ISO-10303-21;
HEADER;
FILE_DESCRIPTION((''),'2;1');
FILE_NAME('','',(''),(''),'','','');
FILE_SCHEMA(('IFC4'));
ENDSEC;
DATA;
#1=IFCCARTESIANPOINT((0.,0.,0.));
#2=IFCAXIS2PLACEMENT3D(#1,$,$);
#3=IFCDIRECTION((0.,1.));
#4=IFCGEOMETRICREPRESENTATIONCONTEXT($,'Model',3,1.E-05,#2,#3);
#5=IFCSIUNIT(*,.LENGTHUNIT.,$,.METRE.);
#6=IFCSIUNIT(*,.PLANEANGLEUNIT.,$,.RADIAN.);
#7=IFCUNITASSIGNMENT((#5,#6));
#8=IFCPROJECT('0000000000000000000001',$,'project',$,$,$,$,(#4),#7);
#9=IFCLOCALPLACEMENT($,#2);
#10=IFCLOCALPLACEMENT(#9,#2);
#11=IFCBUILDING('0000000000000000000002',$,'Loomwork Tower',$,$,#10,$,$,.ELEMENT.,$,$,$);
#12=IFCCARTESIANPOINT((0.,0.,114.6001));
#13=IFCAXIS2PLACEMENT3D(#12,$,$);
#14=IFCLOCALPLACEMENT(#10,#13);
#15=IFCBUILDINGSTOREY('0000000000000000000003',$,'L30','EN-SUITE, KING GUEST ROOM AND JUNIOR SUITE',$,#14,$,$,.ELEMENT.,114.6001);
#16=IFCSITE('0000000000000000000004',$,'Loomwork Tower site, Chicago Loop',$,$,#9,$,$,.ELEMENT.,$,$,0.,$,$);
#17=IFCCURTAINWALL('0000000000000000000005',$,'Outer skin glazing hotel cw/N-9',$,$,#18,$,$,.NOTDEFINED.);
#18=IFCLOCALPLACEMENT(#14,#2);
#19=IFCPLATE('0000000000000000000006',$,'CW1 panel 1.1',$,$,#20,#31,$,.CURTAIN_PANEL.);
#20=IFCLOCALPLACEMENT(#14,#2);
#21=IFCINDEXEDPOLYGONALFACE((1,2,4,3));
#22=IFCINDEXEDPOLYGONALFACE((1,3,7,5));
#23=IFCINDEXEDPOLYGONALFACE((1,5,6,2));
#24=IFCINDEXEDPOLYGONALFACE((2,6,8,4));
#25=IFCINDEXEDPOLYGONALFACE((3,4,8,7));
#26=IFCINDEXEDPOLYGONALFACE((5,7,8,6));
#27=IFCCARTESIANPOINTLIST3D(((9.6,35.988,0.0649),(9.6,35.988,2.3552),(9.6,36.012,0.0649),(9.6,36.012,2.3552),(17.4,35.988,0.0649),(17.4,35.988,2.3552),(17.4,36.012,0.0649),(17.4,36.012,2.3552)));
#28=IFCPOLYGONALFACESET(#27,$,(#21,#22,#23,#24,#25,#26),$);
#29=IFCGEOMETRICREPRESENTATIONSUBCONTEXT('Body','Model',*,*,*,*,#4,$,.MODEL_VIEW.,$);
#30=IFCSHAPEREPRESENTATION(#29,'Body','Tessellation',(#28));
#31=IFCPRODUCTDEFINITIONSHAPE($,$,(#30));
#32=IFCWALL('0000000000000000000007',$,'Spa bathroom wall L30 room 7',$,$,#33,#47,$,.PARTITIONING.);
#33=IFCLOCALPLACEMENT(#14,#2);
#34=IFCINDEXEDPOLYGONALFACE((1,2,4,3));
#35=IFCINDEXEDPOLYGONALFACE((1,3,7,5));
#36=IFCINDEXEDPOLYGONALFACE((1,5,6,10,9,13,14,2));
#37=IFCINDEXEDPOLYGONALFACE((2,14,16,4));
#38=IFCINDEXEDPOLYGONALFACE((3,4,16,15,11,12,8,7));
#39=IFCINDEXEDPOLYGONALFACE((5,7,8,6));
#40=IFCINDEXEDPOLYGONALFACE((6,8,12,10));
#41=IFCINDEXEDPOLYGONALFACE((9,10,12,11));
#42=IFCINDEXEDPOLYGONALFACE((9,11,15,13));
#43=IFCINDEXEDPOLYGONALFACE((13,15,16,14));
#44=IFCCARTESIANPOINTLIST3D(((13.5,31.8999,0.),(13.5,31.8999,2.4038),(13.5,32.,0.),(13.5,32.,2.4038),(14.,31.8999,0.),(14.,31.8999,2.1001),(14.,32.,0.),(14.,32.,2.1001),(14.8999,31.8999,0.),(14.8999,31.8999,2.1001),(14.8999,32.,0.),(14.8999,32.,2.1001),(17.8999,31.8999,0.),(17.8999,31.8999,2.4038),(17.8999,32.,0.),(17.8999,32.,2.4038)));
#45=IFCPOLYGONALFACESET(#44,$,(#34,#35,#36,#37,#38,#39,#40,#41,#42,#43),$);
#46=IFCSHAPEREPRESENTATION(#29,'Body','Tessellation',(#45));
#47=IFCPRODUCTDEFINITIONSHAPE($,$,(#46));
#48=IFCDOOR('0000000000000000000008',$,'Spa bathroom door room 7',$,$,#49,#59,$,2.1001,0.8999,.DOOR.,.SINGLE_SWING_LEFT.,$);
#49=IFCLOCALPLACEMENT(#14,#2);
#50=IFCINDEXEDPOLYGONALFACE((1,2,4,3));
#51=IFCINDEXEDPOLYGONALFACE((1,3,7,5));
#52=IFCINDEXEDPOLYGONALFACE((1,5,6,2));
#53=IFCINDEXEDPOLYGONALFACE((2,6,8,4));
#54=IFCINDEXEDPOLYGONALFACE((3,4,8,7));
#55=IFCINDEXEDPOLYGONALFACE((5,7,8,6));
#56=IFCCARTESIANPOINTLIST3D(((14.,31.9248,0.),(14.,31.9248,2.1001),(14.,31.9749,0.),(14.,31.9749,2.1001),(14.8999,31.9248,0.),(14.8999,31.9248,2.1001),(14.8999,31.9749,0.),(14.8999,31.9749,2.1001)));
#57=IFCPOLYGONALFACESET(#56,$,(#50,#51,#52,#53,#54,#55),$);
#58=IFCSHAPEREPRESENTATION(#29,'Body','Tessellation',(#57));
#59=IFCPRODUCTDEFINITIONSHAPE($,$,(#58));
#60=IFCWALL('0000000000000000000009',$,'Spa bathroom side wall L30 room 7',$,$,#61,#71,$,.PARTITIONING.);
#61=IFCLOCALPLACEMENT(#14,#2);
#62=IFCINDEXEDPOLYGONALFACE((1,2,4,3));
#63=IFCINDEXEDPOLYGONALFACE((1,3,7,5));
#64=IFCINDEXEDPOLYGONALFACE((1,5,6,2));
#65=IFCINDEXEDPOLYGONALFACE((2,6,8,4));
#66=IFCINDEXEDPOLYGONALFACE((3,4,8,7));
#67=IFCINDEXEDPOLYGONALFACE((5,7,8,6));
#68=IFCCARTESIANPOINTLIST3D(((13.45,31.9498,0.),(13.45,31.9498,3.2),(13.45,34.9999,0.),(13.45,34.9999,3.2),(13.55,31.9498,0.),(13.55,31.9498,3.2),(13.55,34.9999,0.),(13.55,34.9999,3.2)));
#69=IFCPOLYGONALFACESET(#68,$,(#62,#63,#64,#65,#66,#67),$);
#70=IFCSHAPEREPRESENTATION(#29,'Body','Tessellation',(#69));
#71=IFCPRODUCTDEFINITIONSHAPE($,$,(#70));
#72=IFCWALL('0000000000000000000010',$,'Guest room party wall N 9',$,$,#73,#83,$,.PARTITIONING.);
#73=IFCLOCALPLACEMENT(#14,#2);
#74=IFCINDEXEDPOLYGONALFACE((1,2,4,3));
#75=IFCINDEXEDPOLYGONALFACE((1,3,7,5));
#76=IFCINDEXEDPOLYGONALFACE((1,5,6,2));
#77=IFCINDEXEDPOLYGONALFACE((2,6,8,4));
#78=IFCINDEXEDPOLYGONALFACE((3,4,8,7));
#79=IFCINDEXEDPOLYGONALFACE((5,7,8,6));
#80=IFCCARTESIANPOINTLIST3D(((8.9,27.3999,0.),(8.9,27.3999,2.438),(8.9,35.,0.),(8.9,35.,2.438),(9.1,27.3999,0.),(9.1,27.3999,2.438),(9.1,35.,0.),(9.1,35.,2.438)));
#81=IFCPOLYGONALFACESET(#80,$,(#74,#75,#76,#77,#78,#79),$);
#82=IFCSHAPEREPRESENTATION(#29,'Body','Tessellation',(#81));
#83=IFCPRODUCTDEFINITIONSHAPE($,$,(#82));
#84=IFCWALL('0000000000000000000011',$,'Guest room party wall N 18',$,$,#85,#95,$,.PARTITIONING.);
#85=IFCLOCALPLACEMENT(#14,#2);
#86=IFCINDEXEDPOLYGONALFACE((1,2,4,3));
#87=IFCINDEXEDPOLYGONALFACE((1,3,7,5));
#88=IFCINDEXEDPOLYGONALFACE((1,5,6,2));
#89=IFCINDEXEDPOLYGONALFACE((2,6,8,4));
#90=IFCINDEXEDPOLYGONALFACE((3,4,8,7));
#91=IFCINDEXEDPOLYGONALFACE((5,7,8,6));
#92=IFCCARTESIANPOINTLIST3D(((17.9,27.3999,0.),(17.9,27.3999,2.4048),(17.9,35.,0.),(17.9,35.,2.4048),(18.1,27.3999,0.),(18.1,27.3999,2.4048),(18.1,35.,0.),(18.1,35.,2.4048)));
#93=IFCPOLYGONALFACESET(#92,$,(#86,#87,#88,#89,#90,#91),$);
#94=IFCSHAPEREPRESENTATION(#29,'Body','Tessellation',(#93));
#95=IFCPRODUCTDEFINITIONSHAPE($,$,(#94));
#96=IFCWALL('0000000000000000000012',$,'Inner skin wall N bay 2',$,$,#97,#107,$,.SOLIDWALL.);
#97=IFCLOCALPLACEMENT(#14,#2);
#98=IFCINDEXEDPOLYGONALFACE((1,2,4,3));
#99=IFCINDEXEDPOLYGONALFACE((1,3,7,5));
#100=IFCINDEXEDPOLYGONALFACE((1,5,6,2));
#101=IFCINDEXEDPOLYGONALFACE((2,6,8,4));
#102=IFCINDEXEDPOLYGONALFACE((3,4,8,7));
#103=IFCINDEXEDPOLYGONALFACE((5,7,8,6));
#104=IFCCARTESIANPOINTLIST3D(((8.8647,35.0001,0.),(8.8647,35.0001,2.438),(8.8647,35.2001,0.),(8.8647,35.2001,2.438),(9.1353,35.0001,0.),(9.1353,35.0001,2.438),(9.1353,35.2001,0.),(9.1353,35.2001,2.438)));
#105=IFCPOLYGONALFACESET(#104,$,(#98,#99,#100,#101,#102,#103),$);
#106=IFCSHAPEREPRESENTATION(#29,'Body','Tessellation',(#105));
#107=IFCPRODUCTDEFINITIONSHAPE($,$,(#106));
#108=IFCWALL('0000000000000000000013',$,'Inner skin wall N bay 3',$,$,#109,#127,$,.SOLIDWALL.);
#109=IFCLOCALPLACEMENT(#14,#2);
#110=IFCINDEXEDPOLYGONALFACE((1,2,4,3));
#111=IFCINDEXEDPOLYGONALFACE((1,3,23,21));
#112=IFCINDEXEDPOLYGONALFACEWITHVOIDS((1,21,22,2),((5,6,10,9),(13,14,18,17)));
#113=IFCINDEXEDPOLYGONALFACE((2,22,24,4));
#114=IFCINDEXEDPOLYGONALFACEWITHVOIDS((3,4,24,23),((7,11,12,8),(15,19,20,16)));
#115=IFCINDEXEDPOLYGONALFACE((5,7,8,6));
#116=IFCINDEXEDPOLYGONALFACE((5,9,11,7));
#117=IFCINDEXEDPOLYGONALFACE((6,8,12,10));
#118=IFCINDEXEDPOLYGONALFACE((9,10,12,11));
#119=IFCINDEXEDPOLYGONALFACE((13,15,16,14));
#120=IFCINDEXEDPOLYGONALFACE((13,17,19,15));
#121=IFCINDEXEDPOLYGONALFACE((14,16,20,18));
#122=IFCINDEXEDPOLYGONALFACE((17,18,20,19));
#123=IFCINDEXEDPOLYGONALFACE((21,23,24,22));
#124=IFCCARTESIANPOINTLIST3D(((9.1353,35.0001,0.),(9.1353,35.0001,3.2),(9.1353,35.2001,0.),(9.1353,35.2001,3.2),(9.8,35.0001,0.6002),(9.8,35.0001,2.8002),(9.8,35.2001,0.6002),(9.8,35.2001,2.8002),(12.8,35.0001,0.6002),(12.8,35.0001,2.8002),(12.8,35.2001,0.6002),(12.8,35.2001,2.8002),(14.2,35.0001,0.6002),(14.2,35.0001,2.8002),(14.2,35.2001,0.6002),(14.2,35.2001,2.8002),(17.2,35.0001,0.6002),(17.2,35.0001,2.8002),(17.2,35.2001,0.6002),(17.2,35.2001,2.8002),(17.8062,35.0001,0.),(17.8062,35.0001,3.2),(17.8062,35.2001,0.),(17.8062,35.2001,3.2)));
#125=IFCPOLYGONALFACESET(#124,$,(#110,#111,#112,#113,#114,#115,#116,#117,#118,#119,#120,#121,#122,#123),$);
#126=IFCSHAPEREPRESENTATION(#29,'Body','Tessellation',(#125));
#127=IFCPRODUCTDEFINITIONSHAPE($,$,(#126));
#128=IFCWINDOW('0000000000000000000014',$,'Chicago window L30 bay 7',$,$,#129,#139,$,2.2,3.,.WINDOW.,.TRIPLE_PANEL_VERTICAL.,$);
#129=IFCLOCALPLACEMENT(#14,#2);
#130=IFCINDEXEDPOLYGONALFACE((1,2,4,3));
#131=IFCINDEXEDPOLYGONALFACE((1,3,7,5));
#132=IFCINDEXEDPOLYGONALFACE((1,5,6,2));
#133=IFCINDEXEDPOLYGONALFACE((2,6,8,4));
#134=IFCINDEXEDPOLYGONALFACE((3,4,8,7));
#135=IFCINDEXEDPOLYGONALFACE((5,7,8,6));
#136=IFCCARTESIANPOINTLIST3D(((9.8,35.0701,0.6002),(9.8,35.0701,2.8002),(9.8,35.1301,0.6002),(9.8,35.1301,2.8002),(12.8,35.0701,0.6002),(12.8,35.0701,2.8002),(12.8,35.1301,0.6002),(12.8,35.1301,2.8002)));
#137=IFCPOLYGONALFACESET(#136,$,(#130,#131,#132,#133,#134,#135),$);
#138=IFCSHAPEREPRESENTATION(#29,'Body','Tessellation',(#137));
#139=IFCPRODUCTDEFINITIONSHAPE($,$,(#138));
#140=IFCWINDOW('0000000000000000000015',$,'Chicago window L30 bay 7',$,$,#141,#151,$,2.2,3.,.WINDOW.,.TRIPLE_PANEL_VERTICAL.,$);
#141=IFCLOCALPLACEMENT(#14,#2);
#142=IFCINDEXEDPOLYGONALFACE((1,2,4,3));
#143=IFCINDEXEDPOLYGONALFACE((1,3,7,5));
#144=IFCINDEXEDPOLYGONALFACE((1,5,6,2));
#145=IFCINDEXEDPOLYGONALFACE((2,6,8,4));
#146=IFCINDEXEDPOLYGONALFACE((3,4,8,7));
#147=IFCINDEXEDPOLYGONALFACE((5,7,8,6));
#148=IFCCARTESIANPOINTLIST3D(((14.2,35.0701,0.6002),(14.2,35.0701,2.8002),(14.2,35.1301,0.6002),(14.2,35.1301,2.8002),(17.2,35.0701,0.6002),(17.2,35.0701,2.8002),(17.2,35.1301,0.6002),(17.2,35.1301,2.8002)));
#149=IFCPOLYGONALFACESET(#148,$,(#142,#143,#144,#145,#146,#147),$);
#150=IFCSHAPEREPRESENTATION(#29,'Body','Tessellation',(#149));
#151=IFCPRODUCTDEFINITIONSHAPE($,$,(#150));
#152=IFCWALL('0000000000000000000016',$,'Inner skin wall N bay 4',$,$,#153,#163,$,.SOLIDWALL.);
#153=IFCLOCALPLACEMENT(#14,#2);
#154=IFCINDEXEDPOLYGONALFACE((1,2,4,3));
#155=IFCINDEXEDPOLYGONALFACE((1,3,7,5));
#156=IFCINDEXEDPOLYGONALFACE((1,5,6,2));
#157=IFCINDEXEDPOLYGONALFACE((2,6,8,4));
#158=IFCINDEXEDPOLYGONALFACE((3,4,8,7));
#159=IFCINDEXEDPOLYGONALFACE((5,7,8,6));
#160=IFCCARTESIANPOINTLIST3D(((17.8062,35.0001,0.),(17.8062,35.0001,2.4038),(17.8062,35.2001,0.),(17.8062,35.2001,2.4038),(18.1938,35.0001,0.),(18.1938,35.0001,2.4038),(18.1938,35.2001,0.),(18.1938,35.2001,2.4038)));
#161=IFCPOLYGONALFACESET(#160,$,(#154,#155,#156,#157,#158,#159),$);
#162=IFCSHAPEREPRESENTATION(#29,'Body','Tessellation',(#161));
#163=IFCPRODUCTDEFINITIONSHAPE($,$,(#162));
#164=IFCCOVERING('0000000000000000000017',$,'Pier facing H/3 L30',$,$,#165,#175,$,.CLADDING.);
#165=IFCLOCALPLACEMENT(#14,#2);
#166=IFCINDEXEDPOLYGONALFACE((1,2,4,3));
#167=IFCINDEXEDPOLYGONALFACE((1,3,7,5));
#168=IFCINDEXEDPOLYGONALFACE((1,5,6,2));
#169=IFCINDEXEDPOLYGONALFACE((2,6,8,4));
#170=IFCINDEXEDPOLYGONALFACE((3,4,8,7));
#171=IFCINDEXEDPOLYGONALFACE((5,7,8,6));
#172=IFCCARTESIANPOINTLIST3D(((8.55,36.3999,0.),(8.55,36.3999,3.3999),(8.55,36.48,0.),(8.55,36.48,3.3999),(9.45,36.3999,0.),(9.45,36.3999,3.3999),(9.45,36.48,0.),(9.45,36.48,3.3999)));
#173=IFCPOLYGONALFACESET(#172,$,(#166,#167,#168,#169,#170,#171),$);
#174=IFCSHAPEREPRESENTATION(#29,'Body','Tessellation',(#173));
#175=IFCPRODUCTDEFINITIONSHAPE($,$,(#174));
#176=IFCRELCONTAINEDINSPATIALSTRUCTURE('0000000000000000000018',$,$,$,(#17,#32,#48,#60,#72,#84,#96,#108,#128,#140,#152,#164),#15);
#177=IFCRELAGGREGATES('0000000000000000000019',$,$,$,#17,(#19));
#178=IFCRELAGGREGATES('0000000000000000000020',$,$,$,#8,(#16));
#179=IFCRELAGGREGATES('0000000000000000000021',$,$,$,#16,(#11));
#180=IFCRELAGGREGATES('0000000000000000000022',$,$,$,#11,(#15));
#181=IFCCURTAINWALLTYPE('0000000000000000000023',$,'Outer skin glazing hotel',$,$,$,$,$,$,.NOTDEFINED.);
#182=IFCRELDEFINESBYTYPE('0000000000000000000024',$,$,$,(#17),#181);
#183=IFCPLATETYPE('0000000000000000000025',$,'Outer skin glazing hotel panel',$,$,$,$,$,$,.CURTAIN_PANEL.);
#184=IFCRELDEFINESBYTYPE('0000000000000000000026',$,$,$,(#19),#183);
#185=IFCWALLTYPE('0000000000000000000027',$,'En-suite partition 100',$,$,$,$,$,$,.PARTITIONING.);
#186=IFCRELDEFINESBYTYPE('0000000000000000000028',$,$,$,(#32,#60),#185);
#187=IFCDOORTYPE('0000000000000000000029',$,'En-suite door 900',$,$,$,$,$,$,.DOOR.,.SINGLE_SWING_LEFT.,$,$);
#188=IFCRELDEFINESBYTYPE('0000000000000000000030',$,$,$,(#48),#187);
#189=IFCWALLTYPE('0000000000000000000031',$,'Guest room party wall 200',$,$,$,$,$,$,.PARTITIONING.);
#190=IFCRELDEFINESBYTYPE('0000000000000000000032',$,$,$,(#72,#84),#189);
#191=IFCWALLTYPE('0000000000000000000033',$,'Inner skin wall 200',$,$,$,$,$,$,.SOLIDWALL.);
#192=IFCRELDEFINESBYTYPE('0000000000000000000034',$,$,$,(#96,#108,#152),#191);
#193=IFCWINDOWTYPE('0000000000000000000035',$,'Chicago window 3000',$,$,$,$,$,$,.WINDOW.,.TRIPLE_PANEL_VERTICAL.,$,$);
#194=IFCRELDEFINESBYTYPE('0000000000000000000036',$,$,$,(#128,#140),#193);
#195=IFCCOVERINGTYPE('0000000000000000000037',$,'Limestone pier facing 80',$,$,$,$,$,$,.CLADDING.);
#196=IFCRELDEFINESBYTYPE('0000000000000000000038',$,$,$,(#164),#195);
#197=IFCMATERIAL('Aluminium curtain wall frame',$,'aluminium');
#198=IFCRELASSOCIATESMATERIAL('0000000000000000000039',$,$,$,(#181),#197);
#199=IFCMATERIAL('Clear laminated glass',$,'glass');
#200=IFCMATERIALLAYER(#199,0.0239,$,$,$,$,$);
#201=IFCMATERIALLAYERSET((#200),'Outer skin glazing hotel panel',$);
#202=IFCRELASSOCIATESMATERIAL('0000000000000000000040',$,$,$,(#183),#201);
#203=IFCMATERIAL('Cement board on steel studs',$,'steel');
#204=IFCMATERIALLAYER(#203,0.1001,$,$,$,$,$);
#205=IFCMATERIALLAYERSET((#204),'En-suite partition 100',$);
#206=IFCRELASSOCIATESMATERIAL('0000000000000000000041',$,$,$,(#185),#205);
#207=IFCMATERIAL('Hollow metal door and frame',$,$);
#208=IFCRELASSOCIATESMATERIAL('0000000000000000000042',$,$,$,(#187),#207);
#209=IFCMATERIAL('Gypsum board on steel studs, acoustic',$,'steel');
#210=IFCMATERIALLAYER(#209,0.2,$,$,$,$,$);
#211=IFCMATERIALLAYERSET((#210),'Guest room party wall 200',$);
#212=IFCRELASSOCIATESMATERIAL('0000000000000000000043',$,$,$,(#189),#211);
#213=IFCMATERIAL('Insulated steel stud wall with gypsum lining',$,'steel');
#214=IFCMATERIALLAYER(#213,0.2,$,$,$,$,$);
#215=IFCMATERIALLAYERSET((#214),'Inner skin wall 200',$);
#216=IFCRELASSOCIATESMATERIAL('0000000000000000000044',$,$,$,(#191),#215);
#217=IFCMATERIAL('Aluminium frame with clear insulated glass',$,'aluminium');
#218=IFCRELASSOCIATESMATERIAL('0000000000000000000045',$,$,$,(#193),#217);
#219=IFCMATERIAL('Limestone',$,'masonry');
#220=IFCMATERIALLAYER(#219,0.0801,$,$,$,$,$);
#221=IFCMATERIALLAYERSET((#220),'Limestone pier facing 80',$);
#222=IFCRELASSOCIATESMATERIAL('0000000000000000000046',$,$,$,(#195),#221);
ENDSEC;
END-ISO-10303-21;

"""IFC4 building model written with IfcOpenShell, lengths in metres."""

from ifc_helpers import new_model, si_unit, direction, frame, frame_2d, origin, origin_2d, place, context, subcontext, project, spatial, rectangle, extrude, material, layer, layer_set, type_object, element, fill, aggregate, save


model = new_model("IFC4")

# Units and contexts
model_context = context("Model", 3, precision=1e-05, world=origin(), true_north=direction((0.0, 1.0)))
body_context = subcontext(model_context, "Body", "Model", "MODEL_VIEW")
ifc_project = project(units=[si_unit("LENGTHUNIT", "METRE"), si_unit("PLANEANGLEUNIT", "RADIAN")], contexts=[model_context])

# Site, building, storey
site_placement = place(None, origin())
site = spatial("IfcSite", under=ifc_project, at=site_placement, Name="Loomwork Tower site, Chicago Loop", CompositionType="ELEMENT", RefElevation=0.0)
building_placement = place(site_placement, origin())
building = spatial("IfcBuilding", under=site, at=building_placement, Name="Loomwork Tower", CompositionType="ELEMENT")
storey_placement = place(building_placement, frame((0.0, 0.0, 114.6001)))
storey = spatial("IfcBuildingStorey", under=building, at=storey_placement, Name="L30", Description="EN-SUITE, KING GUEST ROOM AND JUNIOR SUITE", CompositionType="ELEMENT", Elevation=114.6001)

# Curtain wall
ifc_material_1 = material(Name="Aluminium curtain wall frame", Category="aluminium")
curtain_wall_type = type_object("IfcCurtainWallType", Name="Outer skin glazing hotel", PredefinedType="NOTDEFINED", material=ifc_material_1)
curtain_wall_placement = place(storey_placement, origin())
curtain_wall = element("IfcCurtainWall", 1, at=curtain_wall_placement, inside=storey, type_object=curtain_wall_type, Name="Outer skin glazing hotel cw/N-9", PredefinedType="NOTDEFINED")

# Plate
ifc_material_2 = material(Name="Clear laminated glass", Category="glass")
ifc_layer_1 = layer(ifc_material_2, 0.0239)
ifc_layer_set_1 = layer_set([ifc_layer_1], Name="Outer skin glazing hotel panel")
plate_type = type_object("IfcPlateType", Name="Outer skin glazing hotel panel", PredefinedType="CURTAIN_PANEL", material=ifc_layer_set_1)
plate_placement = place(storey_placement, frame((13.5, 36.0, 0.0649), z_axis=(0.0, 0.0, 1.0), x_axis=(-1.0, 0.0, 0.0)))
plate = element("IfcPlate", 2, at=plate_placement, type_object=plate_type, Name="CW1 panel 1.1", PredefinedType="CURTAIN_PANEL", context=body_context, shape_type="SweptSolid", body=[
    extrude(rectangle(XDim=7.8, YDim=0.0239, at=origin_2d()), origin(), (0.0, 0.0, 1.0), 2.2903),
])
aggregate(curtain_wall, [plate])

# Wall, opening, door
ifc_material_3 = material(Name="Cement board on steel studs", Category="steel")
ifc_layer_2 = layer(ifc_material_3, 0.1001)
ifc_layer_set_2 = layer_set([ifc_layer_2], Name="En-suite partition 100")
wall_type_1 = type_object("IfcWallType", Name="En-suite partition 100", PredefinedType="PARTITIONING", material=ifc_layer_set_2)
wall_1_placement = place(storey_placement, frame((13.5, 31.95, 0.0), z_axis=(0.0, 0.0, 1.0), x_axis=(1.0, 0.0, 0.0)))
wall_1 = element("IfcWall", 3, at=wall_1_placement, inside=storey, type_object=wall_type_1, Name="Spa bathroom wall L30 room 7", PredefinedType="PARTITIONING", context=body_context, shape_type="SweptSolid", body=[
    extrude(rectangle(XDim=4.3999, YDim=0.1001, at=frame_2d((2.2, 0.0))), origin(), (0.0, 0.0, 1.0), 2.4038),
])
opening_1_placement = place(wall_1_placement, frame((0.5, 0.0, 0.0)))
opening_1 = element("IfcOpeningElement", 4, at=opening_1_placement, cuts=wall_1, PredefinedType="OPENING", context=body_context, shape_type="SweptSolid", body=[
    extrude(rectangle(XDim=0.8999, YDim=2.1001, at=frame_2d((0.45, 1.05))), frame((0.0, 0.0601, 0.0), z_axis=(0.0, -1.0, 0.0), x_axis=(1.0, 0.0, 0.0)), (0.0, 0.0, 1.0), 0.1201),
])
ifc_material_4 = material(Name="Hollow metal door and frame")
door_type = type_object("IfcDoorType", Name="En-suite door 900", OperationType="SINGLE_SWING_LEFT", PredefinedType="DOOR", material=ifc_material_4)
door_placement = place(opening_1_placement, origin())
door = element("IfcDoor", 5, at=door_placement, inside=storey, type_object=door_type, Name="Spa bathroom door room 7", OperationType="SINGLE_SWING_LEFT", OverallHeight=2.1001, OverallWidth=0.8999, PredefinedType="DOOR", context=body_context, shape_type="SweptSolid", body=[
    extrude(rectangle(XDim=0.8999, YDim=2.1001, at=frame_2d((0.45, 1.05))), frame((0.0, 0.0249, 0.0), z_axis=(0.0, -1.0, 0.0), x_axis=(1.0, 0.0, 0.0)), (0.0, 0.0, 1.0), 0.05),
])
fill(opening_1, door)

# Walls
wall_2_placement = place(storey_placement, frame((13.5, 31.95, 0.0), z_axis=(0.0, 0.0, 1.0), x_axis=(0.0, 1.0, 0.0)))
element("IfcWall", 6, at=wall_2_placement, inside=storey, type_object=wall_type_1, Name="Spa bathroom side wall L30 room 7", PredefinedType="PARTITIONING", context=body_context, shape_type="SweptSolid", body=[
    extrude(rectangle(XDim=3.05, YDim=0.1001, at=frame_2d((1.5249, 0.0))), origin(), (0.0, 0.0, 1.0), 3.2),
])
ifc_material_5 = material(Name="Gypsum board on steel studs, acoustic", Category="steel")
ifc_layer_3 = layer(ifc_material_5, 0.2)
ifc_layer_set_3 = layer_set([ifc_layer_3], Name="Guest room party wall 200")
wall_type_2 = type_object("IfcWallType", Name="Guest room party wall 200", PredefinedType="PARTITIONING", material=ifc_layer_set_3)
wall_3_placement = place(storey_placement, frame((9.0, 27.3999, 0.0), z_axis=(0.0, 0.0, 1.0), x_axis=(0.0, 1.0, 0.0)))
element("IfcWall", 7, at=wall_3_placement, inside=storey, type_object=wall_type_2, Name="Guest room party wall N 9", PredefinedType="PARTITIONING", context=body_context, shape_type="SweptSolid", body=[
    extrude(rectangle(XDim=7.6001, YDim=0.2, at=frame_2d((3.8, 0.0))), origin(), (0.0, 0.0, 1.0), 2.438),
])
wall_4_placement = place(storey_placement, frame((18.0, 27.3999, 0.0), z_axis=(0.0, 0.0, 1.0), x_axis=(0.0, 1.0, 0.0)))
element("IfcWall", 8, at=wall_4_placement, inside=storey, type_object=wall_type_2, Name="Guest room party wall N 18", PredefinedType="PARTITIONING", context=body_context, shape_type="SweptSolid", body=[
    extrude(rectangle(XDim=7.6001, YDim=0.2, at=frame_2d((3.8, 0.0))), origin(), (0.0, 0.0, 1.0), 2.4048),
])
ifc_material_6 = material(Name="Insulated steel stud wall with gypsum lining", Category="steel")
ifc_layer_4 = layer(ifc_material_6, 0.2)
ifc_layer_set_4 = layer_set([ifc_layer_4], Name="Inner skin wall 200")
wall_type_3 = type_object("IfcWallType", Name="Inner skin wall 200", PredefinedType="SOLIDWALL", material=ifc_layer_set_4)
wall_5_placement = place(storey_placement, frame((8.8647, 35.1001, 0.0), z_axis=(0.0, 0.0, 1.0), x_axis=(1.0, 0.0, 0.0)))
element("IfcWall", 9, at=wall_5_placement, inside=storey, type_object=wall_type_3, Name="Inner skin wall N bay 2", PredefinedType="SOLIDWALL", context=body_context, shape_type="SweptSolid", body=[
    extrude(rectangle(XDim=0.2705, YDim=0.2, at=frame_2d((0.1353, 0.0))), origin(), (0.0, 0.0, 1.0), 2.438),
])

# Wall, openings, windows
wall_6_placement = place(storey_placement, frame((9.1353, 35.1001, 0.0), z_axis=(0.0, 0.0, 1.0), x_axis=(1.0, 0.0, 0.0)))
wall_6 = element("IfcWall", 10, at=wall_6_placement, inside=storey, type_object=wall_type_3, Name="Inner skin wall N bay 3", PredefinedType="SOLIDWALL", context=body_context, shape_type="SweptSolid", body=[
    extrude(rectangle(XDim=8.6709, YDim=0.2, at=frame_2d((4.3354, 0.0))), origin(), (0.0, 0.0, 1.0), 3.2),
])
opening_2_placement = place(wall_6_placement, frame((0.6648, 0.0, 0.6001)))
opening_2 = element("IfcOpeningElement", 11, at=opening_2_placement, cuts=wall_6, PredefinedType="OPENING", context=body_context, shape_type="SweptSolid", body=[
    extrude(rectangle(XDim=3.0, YDim=2.2, at=frame_2d((1.5, 1.1001))), frame((0.0, 0.1099, 0.0), z_axis=(0.0, -1.0, 0.0), x_axis=(1.0, 0.0, 0.0)), (0.0, 0.0, 1.0), 0.22),
])
opening_3_placement = place(wall_6_placement, frame((5.0647, 0.0, 0.6001)))
opening_3 = element("IfcOpeningElement", 12, at=opening_3_placement, cuts=wall_6, PredefinedType="OPENING", context=body_context, shape_type="SweptSolid", body=[
    extrude(rectangle(XDim=3.0, YDim=2.2, at=frame_2d((1.5, 1.1001))), frame((0.0, 0.1099, 0.0), z_axis=(0.0, -1.0, 0.0), x_axis=(1.0, 0.0, 0.0)), (0.0, 0.0, 1.0), 0.22),
])
ifc_material_7 = material(Name="Aluminium frame with clear insulated glass", Category="aluminium")
window_type = type_object("IfcWindowType", Name="Chicago window 3000", PartitioningType="TRIPLE_PANEL_VERTICAL", PredefinedType="WINDOW", material=ifc_material_7)
window_1_placement = place(opening_2_placement, origin())
window_1 = element("IfcWindow", 13, at=window_1_placement, inside=storey, type_object=window_type, Name="Chicago window L30 bay 7", OverallHeight=2.2, OverallWidth=3.0, PartitioningType="TRIPLE_PANEL_VERTICAL", PredefinedType="WINDOW", context=body_context, shape_type="SweptSolid", body=[
    extrude(rectangle(XDim=3.0, YDim=2.2, at=frame_2d((1.5, 1.1001))), frame((0.0, 0.03, 0.0), z_axis=(0.0, -1.0, 0.0), x_axis=(1.0, 0.0, 0.0)), (0.0, 0.0, 1.0), 0.0601),
])
fill(opening_2, window_1)
window_2_placement = place(opening_3_placement, origin())
window_2 = element("IfcWindow", 14, at=window_2_placement, inside=storey, type_object=window_type, Name="Chicago window L30 bay 7", OverallHeight=2.2, OverallWidth=3.0, PartitioningType="TRIPLE_PANEL_VERTICAL", PredefinedType="WINDOW", context=body_context, shape_type="SweptSolid", body=[
    extrude(rectangle(XDim=3.0, YDim=2.2, at=frame_2d((1.5, 1.1001))), frame((0.0, 0.03, 0.0), z_axis=(0.0, -1.0, 0.0), x_axis=(1.0, 0.0, 0.0)), (0.0, 0.0, 1.0), 0.0601),
])
fill(opening_3, window_2)

# Wall
wall_7_placement = place(storey_placement, frame((17.8062, 35.1001, 0.0), z_axis=(0.0, 0.0, 1.0), x_axis=(1.0, 0.0, 0.0)))
element("IfcWall", 15, at=wall_7_placement, inside=storey, type_object=wall_type_3, Name="Inner skin wall N bay 4", PredefinedType="SOLIDWALL", context=body_context, shape_type="SweptSolid", body=[
    extrude(rectangle(XDim=0.3877, YDim=0.2, at=frame_2d((0.1938, 0.0))), origin(), (0.0, 0.0, 1.0), 2.4038),
])

# Covering
ifc_material_8 = material(Name="Limestone", Category="masonry")
ifc_layer_5 = layer(ifc_material_8, 0.0801)
ifc_layer_set_5 = layer_set([ifc_layer_5], Name="Limestone pier facing 80")
covering_type = type_object("IfcCoveringType", Name="Limestone pier facing 80", PredefinedType="CLADDING", material=ifc_layer_set_5)
for number, where, z_axis, x_axis, name in (
    (16, (9.0, 36.4399, 0.0), (0.0, 0.0, 1.0), (1.0, 0.0, 0.0), "Pier facing H/3 L30"),
):
    element("IfcCovering", number, at=place(storey_placement, frame(where, z_axis=z_axis, x_axis=x_axis)), inside=storey, type_object=covering_type, Name=name, PredefinedType="CLADDING", context=body_context, shape_type="SweptSolid", body=[
        extrude(rectangle(XDim=0.8999, YDim=0.0801, at=origin_2d()), origin(), (0.0, 0.0, 1.0), 3.3999),
    ])

save(model, "model.ifc")
